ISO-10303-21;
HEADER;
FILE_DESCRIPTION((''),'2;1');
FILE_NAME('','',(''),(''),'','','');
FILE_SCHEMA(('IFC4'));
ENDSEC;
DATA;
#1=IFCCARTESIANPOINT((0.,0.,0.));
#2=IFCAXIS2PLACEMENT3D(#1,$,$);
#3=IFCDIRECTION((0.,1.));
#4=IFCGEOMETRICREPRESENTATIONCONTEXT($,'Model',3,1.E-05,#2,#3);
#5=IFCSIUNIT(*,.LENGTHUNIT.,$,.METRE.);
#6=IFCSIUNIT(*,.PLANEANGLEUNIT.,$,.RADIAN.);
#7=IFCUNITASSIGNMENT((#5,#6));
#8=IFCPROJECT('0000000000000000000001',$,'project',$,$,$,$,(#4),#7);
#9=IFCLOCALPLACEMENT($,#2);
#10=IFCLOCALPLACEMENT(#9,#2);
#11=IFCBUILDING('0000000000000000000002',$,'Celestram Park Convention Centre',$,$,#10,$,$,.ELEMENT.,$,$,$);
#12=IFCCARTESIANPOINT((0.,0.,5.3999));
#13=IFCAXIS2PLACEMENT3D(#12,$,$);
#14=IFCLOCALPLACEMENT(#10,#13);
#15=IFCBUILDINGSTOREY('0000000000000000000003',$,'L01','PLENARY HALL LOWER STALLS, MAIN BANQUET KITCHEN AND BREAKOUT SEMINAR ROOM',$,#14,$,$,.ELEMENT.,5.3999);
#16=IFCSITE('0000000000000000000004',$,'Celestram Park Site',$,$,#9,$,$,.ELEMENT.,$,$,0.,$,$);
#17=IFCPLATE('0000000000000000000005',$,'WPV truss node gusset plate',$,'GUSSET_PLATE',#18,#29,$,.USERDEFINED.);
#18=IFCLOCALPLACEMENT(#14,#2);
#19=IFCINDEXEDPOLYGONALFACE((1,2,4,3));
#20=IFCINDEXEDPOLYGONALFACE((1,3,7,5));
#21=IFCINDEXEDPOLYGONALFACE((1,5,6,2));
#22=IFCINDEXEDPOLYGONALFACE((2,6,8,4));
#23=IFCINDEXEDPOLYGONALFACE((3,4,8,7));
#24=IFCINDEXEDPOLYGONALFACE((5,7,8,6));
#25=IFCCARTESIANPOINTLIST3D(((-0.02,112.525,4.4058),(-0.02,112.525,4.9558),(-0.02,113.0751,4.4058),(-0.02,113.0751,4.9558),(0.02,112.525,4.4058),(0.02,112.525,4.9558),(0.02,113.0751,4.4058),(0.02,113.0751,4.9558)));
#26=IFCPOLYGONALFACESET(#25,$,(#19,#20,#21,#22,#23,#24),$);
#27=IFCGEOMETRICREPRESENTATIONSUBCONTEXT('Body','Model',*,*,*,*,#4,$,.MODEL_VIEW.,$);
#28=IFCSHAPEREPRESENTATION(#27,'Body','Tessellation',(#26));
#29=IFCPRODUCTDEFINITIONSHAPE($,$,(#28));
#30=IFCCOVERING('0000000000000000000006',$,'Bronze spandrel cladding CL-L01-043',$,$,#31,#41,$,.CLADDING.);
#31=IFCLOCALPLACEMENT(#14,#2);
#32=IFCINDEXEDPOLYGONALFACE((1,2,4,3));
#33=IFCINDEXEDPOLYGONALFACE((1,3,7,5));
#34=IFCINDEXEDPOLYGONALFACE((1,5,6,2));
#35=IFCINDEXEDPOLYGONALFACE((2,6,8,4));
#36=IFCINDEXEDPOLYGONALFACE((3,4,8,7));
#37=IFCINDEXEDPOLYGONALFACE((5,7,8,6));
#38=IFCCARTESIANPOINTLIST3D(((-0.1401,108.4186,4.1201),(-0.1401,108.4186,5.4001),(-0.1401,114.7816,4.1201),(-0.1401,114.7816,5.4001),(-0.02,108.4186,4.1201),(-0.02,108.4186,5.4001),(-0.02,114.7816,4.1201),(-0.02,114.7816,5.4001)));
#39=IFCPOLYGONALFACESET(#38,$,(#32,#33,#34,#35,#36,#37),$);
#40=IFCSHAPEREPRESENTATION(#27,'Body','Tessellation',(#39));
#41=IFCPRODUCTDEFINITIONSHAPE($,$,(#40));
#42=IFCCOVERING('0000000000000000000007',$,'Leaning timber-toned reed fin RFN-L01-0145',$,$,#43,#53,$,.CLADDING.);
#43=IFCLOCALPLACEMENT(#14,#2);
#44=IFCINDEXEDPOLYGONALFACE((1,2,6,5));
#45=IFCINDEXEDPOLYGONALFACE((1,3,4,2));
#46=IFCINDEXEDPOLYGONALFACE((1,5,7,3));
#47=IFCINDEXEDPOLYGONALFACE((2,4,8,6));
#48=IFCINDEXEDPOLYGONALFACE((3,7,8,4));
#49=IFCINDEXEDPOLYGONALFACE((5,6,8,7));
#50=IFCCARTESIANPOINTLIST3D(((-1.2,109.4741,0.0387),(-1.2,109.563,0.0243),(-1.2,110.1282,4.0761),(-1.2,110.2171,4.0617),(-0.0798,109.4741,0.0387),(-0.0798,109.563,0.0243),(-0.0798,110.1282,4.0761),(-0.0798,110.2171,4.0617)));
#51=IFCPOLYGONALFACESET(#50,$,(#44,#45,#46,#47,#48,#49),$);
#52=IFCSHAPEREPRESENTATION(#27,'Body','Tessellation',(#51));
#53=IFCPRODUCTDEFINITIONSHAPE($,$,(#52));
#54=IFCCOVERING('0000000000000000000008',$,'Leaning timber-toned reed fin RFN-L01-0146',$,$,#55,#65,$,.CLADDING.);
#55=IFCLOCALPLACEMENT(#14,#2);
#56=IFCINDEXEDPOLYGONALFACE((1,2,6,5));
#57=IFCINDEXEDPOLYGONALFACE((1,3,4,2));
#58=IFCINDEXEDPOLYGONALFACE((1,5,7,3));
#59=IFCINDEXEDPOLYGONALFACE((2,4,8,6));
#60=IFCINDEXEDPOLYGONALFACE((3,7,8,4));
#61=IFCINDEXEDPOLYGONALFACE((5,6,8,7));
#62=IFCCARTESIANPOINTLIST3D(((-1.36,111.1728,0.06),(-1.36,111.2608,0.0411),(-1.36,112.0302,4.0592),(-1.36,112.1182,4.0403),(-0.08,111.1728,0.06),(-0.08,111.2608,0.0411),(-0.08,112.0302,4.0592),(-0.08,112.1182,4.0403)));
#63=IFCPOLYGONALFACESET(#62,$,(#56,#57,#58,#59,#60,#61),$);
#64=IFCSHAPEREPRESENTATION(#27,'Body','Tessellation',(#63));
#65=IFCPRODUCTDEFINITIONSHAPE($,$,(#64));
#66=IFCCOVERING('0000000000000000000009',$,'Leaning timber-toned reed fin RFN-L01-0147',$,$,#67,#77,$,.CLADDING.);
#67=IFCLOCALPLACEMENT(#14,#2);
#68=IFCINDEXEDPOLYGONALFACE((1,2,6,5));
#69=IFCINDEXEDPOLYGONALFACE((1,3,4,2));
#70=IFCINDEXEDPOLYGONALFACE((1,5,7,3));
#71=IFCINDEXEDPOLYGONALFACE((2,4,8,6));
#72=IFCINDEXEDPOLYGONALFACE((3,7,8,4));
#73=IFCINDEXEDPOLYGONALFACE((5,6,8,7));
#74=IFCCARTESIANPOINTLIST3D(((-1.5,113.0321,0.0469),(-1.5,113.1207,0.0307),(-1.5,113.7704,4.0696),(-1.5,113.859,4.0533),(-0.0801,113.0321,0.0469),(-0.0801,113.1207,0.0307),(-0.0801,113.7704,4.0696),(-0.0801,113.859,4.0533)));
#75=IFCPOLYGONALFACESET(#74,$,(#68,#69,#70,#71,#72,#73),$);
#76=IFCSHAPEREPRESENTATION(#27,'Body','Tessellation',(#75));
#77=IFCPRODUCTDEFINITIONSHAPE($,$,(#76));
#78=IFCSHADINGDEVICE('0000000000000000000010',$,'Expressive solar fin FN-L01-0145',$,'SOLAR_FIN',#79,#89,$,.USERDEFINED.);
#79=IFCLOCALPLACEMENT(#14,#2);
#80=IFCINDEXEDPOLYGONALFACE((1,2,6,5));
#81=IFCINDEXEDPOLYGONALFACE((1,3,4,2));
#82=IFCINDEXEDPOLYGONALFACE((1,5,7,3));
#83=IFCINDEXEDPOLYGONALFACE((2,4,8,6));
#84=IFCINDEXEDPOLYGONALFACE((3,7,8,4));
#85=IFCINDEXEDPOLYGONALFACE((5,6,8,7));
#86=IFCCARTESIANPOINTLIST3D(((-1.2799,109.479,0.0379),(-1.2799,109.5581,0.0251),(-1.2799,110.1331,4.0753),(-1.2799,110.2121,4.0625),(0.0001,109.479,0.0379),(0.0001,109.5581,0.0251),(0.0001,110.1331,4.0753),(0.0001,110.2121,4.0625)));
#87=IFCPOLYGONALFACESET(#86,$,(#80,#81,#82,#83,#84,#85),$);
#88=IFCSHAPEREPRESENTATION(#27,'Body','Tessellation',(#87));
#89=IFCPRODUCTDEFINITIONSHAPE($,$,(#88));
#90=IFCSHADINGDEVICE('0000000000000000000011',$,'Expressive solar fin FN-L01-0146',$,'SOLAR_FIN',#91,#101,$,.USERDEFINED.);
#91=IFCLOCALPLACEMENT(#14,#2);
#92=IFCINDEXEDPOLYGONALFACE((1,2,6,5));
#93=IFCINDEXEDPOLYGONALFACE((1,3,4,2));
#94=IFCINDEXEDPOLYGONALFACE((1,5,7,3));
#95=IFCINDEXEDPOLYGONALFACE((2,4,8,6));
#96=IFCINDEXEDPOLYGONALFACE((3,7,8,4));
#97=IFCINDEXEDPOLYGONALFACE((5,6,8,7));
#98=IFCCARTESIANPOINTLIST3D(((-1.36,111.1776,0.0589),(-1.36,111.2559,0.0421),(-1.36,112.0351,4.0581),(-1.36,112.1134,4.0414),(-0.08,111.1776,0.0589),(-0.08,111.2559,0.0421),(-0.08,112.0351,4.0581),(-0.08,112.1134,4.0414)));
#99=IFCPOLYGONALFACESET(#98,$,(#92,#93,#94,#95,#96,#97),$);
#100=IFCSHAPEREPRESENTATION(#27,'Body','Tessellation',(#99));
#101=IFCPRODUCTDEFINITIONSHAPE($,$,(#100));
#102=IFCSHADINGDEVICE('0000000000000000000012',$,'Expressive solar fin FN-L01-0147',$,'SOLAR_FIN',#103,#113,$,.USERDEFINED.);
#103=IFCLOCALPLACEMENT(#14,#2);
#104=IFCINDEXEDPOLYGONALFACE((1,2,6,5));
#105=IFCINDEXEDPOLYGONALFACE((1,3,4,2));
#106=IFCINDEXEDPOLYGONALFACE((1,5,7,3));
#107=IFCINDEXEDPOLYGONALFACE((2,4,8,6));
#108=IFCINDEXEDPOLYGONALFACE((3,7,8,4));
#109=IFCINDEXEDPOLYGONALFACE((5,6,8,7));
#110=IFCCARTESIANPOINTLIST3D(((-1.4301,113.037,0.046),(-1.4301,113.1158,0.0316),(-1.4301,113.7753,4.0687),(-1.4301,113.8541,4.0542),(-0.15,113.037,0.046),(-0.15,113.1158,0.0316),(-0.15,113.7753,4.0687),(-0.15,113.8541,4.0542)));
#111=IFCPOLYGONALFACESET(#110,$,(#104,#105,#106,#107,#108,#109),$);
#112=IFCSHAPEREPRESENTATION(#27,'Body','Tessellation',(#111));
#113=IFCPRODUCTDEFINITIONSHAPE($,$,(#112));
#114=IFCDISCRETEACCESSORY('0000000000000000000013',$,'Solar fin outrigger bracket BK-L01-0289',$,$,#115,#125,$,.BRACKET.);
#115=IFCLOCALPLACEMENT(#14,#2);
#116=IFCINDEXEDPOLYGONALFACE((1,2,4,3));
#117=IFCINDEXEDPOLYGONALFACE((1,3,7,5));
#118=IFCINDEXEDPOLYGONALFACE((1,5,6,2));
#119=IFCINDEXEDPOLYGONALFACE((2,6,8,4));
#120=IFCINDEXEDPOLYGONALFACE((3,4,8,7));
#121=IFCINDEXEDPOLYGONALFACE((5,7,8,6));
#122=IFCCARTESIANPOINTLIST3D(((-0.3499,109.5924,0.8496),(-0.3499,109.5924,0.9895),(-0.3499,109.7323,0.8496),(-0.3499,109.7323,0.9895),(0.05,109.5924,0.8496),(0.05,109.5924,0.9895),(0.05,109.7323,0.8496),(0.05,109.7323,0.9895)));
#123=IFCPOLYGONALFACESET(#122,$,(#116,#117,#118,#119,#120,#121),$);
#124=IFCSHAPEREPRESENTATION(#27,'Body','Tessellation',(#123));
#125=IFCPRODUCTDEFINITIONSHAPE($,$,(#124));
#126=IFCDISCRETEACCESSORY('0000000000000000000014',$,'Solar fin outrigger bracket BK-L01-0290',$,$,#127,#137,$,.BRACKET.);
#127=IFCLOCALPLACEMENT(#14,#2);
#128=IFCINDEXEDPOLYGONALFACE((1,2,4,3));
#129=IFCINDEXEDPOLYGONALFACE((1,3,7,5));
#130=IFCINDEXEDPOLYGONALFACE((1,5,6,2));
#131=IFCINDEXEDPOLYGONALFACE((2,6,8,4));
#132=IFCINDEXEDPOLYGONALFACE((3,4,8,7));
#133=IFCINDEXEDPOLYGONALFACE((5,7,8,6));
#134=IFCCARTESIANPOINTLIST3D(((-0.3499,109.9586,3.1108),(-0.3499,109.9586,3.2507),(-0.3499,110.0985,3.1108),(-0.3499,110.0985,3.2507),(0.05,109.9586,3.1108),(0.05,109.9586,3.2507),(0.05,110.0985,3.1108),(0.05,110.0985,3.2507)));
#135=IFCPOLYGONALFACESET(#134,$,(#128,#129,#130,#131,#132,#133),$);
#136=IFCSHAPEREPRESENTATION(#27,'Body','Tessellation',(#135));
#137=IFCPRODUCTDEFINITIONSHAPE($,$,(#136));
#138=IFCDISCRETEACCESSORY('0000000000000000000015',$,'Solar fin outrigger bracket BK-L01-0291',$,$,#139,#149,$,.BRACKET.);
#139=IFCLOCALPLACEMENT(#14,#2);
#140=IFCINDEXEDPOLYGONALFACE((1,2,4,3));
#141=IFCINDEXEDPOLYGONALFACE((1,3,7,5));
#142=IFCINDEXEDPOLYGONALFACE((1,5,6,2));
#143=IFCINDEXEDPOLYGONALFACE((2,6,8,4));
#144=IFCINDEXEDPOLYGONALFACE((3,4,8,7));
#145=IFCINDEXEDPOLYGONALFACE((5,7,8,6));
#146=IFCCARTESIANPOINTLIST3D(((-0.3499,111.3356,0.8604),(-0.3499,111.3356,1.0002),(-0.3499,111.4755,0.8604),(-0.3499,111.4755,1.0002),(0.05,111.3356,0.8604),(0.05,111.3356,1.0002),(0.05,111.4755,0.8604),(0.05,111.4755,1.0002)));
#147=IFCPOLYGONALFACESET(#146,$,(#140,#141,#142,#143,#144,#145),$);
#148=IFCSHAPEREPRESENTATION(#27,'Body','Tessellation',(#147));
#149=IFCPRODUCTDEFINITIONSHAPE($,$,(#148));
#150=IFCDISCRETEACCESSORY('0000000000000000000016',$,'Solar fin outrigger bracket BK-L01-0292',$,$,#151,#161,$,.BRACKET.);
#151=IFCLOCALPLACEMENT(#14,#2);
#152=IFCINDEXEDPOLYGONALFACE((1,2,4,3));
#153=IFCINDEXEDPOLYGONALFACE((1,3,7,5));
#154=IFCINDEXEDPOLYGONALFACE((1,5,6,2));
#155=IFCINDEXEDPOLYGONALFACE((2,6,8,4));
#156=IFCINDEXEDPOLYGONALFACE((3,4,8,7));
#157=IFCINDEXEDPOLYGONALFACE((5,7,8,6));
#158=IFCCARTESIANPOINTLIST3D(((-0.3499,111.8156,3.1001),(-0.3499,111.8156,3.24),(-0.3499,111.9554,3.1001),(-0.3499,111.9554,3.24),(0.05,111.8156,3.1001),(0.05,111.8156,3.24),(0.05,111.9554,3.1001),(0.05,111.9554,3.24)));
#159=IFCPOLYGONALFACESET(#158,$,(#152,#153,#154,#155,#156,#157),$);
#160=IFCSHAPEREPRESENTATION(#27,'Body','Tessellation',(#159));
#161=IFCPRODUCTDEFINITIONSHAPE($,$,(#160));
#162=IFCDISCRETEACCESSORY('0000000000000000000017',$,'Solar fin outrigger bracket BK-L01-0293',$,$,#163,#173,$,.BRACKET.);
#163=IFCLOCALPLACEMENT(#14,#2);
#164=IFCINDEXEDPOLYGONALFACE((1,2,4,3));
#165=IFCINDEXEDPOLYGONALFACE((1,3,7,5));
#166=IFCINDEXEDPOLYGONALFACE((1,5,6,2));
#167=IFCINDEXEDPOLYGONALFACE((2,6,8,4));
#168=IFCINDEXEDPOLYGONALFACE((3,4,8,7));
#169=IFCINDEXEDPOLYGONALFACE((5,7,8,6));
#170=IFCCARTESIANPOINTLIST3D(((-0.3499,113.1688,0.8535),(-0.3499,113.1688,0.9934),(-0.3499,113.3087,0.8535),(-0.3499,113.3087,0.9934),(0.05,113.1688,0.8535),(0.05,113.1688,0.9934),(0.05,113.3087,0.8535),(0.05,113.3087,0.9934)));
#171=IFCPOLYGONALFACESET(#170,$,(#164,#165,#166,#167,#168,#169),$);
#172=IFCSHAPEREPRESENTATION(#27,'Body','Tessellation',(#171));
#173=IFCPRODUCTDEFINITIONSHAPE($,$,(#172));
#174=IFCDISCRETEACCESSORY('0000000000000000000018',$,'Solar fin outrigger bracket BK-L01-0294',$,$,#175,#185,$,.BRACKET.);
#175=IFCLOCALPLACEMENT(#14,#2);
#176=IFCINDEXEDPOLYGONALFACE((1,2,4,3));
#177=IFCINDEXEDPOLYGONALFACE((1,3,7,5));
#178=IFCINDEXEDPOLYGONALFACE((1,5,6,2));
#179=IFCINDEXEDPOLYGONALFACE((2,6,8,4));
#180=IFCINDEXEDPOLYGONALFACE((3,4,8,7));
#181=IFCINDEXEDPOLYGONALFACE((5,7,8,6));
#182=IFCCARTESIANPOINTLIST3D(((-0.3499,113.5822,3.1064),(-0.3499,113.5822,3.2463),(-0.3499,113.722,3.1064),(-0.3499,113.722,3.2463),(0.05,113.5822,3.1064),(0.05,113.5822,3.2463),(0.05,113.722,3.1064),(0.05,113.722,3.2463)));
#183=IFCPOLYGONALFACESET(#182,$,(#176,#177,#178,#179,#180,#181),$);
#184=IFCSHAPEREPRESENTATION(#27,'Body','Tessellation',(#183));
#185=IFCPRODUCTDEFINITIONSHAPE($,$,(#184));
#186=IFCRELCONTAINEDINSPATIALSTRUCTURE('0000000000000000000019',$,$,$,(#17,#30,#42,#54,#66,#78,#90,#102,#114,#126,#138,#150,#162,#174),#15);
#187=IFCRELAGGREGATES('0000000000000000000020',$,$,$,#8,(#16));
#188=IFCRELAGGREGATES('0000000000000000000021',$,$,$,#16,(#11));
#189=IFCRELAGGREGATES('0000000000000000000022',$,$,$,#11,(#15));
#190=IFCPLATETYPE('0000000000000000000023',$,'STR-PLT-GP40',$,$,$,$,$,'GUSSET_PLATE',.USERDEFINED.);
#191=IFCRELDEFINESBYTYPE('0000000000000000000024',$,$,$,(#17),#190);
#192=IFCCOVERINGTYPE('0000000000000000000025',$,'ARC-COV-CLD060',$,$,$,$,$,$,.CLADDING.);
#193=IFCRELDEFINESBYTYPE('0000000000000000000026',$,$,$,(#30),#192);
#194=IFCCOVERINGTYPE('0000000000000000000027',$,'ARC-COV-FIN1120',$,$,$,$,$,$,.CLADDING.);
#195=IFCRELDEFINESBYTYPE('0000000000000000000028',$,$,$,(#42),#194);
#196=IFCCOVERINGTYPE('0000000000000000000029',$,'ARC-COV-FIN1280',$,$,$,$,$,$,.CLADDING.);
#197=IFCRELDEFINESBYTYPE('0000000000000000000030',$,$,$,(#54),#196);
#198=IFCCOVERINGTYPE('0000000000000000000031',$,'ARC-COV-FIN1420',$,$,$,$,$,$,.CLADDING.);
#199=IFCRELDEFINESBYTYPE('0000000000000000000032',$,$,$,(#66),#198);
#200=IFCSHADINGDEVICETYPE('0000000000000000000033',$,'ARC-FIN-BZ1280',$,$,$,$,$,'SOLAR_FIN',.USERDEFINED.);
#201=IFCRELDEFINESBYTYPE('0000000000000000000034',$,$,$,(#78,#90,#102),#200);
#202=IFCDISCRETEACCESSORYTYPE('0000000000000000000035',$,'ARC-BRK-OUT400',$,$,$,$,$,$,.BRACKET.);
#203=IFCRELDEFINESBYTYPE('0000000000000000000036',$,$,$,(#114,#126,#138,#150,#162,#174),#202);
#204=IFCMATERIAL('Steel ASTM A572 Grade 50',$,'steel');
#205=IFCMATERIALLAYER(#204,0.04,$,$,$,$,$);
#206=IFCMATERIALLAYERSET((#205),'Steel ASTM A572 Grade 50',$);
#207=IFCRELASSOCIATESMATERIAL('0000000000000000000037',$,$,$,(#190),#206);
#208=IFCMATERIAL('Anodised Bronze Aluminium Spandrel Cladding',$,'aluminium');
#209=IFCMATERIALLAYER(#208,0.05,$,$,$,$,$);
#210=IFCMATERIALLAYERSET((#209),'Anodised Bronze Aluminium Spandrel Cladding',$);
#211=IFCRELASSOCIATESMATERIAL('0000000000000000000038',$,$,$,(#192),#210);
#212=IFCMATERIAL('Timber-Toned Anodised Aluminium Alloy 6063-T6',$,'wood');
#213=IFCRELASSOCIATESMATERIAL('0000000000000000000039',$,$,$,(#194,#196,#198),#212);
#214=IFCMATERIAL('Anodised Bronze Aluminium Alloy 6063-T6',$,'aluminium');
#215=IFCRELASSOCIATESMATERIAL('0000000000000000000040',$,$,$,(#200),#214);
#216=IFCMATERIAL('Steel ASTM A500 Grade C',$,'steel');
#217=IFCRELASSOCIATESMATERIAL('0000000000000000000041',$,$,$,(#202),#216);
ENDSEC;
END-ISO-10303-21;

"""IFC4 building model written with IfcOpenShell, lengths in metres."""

from ifc_helpers import new_model, si_unit, direction, frame, origin, origin_2d, place, context, subcontext, project, spatial, rectangle, extrude, material, layer, layer_set, material_profile, profile_set, type_object, element, save


model = new_model("IFC4")

# Units and contexts
model_context = context("Model", 3, precision=1e-05, world=origin(), true_north=direction((0.0, 1.0)))
body_context = subcontext(model_context, "Body", "Model", "MODEL_VIEW")
ifc_project = project(units=[si_unit("LENGTHUNIT", "METRE"), si_unit("PLANEANGLEUNIT", "RADIAN")], contexts=[model_context])

# Site, building, storey
site_placement = place(None, origin())
site = spatial("IfcSite", under=ifc_project, at=site_placement, Name="Celestram Park Site", CompositionType="ELEMENT", RefElevation=0.0)
building_placement = place(site_placement, origin())
building = spatial("IfcBuilding", under=site, at=building_placement, Name="Celestram Park Convention Centre", CompositionType="ELEMENT")
storey_placement = place(building_placement, frame((0.0, 0.0, 5.3999)))
storey = spatial("IfcBuildingStorey", under=building, at=storey_placement, Name="L01", Description="PLENARY HALL LOWER STALLS, MAIN BANQUET KITCHEN AND BREAKOUT SEMINAR ROOM", CompositionType="ELEMENT", Elevation=5.3999)

# Shared definitions
ifc_material_1 = material(Name="Steel ASTM A500 Grade C", Category="steel")

# Plate
ifc_material_2 = material(Name="Steel ASTM A572 Grade 50", Category="steel")
ifc_layer_1 = layer(ifc_material_2, 0.04)
ifc_layer_set_1 = layer_set([ifc_layer_1], Name="Steel ASTM A572 Grade 50")
plate_type_1 = type_object("IfcPlateType", Name="STR-PLT-GP40", ElementType="GUSSET_PLATE", PredefinedType="USERDEFINED", material=ifc_layer_set_1)
plate_1_placement = place(storey_placement, frame((0.0, 112.8, 4.4058), z_axis=(0.0, 0.0, 1.0), x_axis=(0.0, 1.0, 0.0)))
element("IfcPlate", 1, at=plate_1_placement, inside=storey, type_object=plate_type_1, Name="WPV truss node gusset plate", ObjectType="GUSSET_PLATE", PredefinedType="USERDEFINED", context=body_context, shape_type="SweptSolid", body=[
    extrude(rectangle(XDim=0.55, YDim=0.04, at=origin_2d()), origin(), (0.0, 0.0, 1.0), 0.55),
])

# Coverings
ifc_material_3 = material(Name="Anodised Bronze Aluminium Spandrel Cladding", Category="aluminium")
ifc_layer_2 = layer(ifc_material_3, 0.05)
ifc_layer_set_2 = layer_set([ifc_layer_2], Name="Anodised Bronze Aluminium Spandrel Cladding")
covering_type_1 = type_object("IfcCoveringType", Name="ARC-COV-CLD060", PredefinedType="CLADDING", material=ifc_layer_set_2)
covering_1_placement = place(storey_placement, frame((-0.0801, 111.6001, 4.1201), z_axis=(0.0, 0.0, 1.0), x_axis=(0.0, 1.0, 0.0)))
element("IfcCovering", 2, at=covering_1_placement, inside=storey, type_object=covering_type_1, Name="Bronze spandrel cladding CL-L01-043", PredefinedType="CLADDING", context=body_context, shape_type="SweptSolid", body=[
    extrude(rectangle(XDim=6.363, YDim=0.1201, at=origin_2d()), origin(), (0.0, 0.0, 1.0), 1.28),
])
ifc_material_4 = material(Name="Timber-Toned Anodised Aluminium Alloy 6063-T6", Category="wood")
ifc_material_profile_1 = material_profile(ifc_material_4, rectangle(XDim=1.1201, YDim=0.0901, at=origin_2d()), Name="REED1120X90")
ifc_profile_set_1 = profile_set([ifc_material_profile_1], Name="Timber-Toned Anodised Aluminium Alloy 6063-T6")
covering_type_2 = type_object("IfcCoveringType", Name="ARC-COV-FIN1120", PredefinedType="CLADDING", material=ifc_profile_set_1)
covering_2_placement = place(storey_placement, frame((-0.6399, 109.5186, 0.0315), z_axis=(0.0, 0.159916, 0.987131), x_axis=(-1.0, 0.0, 0.0)))
element("IfcCovering", 3, at=covering_2_placement, inside=storey, type_object=covering_type_2, Name="Leaning timber-toned reed fin RFN-L01-0145", PredefinedType="CLADDING", context=body_context, shape_type="SweptSolid", body=[
    extrude(rectangle(XDim=1.1201, YDim=0.0901, at=origin_2d()), origin(), (0.0, 0.0, 1.0), 4.0901),
])
ifc_material_profile_2 = material_profile(ifc_material_4, rectangle(XDim=1.28, YDim=0.0901, at=origin_2d()), Name="REED1280X90")
ifc_profile_set_2 = profile_set([ifc_material_profile_2], Name="Timber-Toned Anodised Aluminium Alloy 6063-T6")
covering_type_3 = type_object("IfcCoveringType", Name="ARC-COV-FIN1280", PredefinedType="CLADDING", material=ifc_profile_set_2)
covering_3_placement = place(storey_placement, frame((-0.72, 111.2168, 0.0505), z_axis=(0.0, 0.209631, 0.977781), x_axis=(-1.0, 0.0, 0.0)))
element("IfcCovering", 4, at=covering_3_placement, inside=storey, type_object=covering_type_3, Name="Leaning timber-toned reed fin RFN-L01-0146", PredefinedType="CLADDING", context=body_context, shape_type="SweptSolid", body=[
    extrude(rectangle(XDim=1.28, YDim=0.0901, at=origin_2d()), origin(), (0.0, 0.0, 1.0), 4.0901),
])
ifc_material_profile_3 = material_profile(ifc_material_4, rectangle(XDim=1.4199, YDim=0.0901, at=origin_2d()), Name="REED1420X90")
ifc_profile_set_3 = profile_set([ifc_material_profile_3], Name="Timber-Toned Anodised Aluminium Alloy 6063-T6")
covering_type_4 = type_object("IfcCoveringType", Name="ARC-COV-FIN1420", PredefinedType="CLADDING", material=ifc_profile_set_3)
covering_4_placement = place(storey_placement, frame((-0.79, 113.0764, 0.0388), z_axis=(0.0, 0.180514, 0.983572), x_axis=(-1.0, 0.0, 0.0)))
element("IfcCovering", 5, at=covering_4_placement, inside=storey, type_object=covering_type_4, Name="Leaning timber-toned reed fin RFN-L01-0147", PredefinedType="CLADDING", context=body_context, shape_type="SweptSolid", body=[
    extrude(rectangle(XDim=1.4199, YDim=0.0901, at=origin_2d()), origin(), (0.0, 0.0, 1.0), 4.0898),
])

# Shading devices
ifc_material_5 = material(Name="Anodised Bronze Aluminium Alloy 6063-T6", Category="aluminium")
ifc_material_profile_4 = material_profile(ifc_material_5, rectangle(XDim=1.28, YDim=0.0801, at=origin_2d()), Name="FIN1280X80")
ifc_profile_set_4 = profile_set([ifc_material_profile_4], Name="Anodised Bronze Aluminium Alloy 6063-T6")
shading_device_type = type_object("IfcShadingDeviceType", Name="ARC-FIN-BZ1280", ElementType="SOLAR_FIN", PredefinedType="USERDEFINED", material=ifc_profile_set_4)
for number, where, z_axis, x_axis, name in (
    (6, (-0.6399, 109.5186, 0.0315), (0.0, 0.159916, 0.987131), (-1.0, 0.0, 0.0), "Expressive solar fin FN-L01-0145"),
    (7, (-0.72, 111.2168, 0.0505), (0.0, 0.209631, 0.977781), (-1.0, 0.0, 0.0), "Expressive solar fin FN-L01-0146"),
):
    element("IfcShadingDevice", number, at=place(storey_placement, frame(where, z_axis=z_axis, x_axis=x_axis)), inside=storey, type_object=shading_device_type, Name=name, ObjectType="SOLAR_FIN", PredefinedType="USERDEFINED", context=body_context, shape_type="SweptSolid", body=[
        extrude(rectangle(XDim=1.28, YDim=0.0801, at=origin_2d()), origin(), (0.0, 0.0, 1.0), 4.0901),
    ])
shading_device_placement = place(storey_placement, frame((-0.79, 113.0764, 0.0388), z_axis=(0.0, 0.180514, 0.983572), x_axis=(-1.0, 0.0, 0.0)))
element("IfcShadingDevice", 8, at=shading_device_placement, inside=storey, type_object=shading_device_type, Name="Expressive solar fin FN-L01-0147", ObjectType="SOLAR_FIN", PredefinedType="USERDEFINED", context=body_context, shape_type="SweptSolid", body=[
    extrude(rectangle(XDim=1.28, YDim=0.0801, at=origin_2d()), origin(), (0.0, 0.0, 1.0), 4.0898),
])

# Discrete accessories
discrete_accessory_type = type_object("IfcDiscreteAccessoryType", Name="ARC-BRK-OUT400", PredefinedType="BRACKET", material=ifc_material_1)
for number, where, z_axis, x_axis, name in (
    (9, (-0.1499, 109.6624, 0.8496), (0.0, 0.0, 1.0), (-1.0, 0.0, 0.0), "Solar fin outrigger bracket BK-L01-0289"),
    (10, (-0.1499, 110.0286, 3.1108), (0.0, 0.0, 1.0), (-1.0, 0.0, 0.0), "Solar fin outrigger bracket BK-L01-0290"),
    (11, (-0.1499, 111.4055, 0.8604), (0.0, 0.0, 1.0), (-1.0, 0.0, 0.0), "Solar fin outrigger bracket BK-L01-0291"),
    (12, (-0.1499, 111.8855, 3.1001), (0.0, 0.0, 1.0), (-1.0, 0.0, 0.0), "Solar fin outrigger bracket BK-L01-0292"),
    (13, (-0.1499, 113.2388, 0.8535), (0.0, 0.0, 1.0), (-1.0, 0.0, 0.0), "Solar fin outrigger bracket BK-L01-0293"),
    (14, (-0.1499, 113.6521, 3.1064), (0.0, 0.0, 1.0), (-1.0, 0.0, 0.0), "Solar fin outrigger bracket BK-L01-0294"),
):
    element("IfcDiscreteAccessory", number, at=place(storey_placement, frame(where, z_axis=z_axis, x_axis=x_axis)), inside=storey, type_object=discrete_accessory_type, Name=name, PredefinedType="BRACKET", context=body_context, shape_type="SweptSolid", body=[
        extrude(rectangle(XDim=0.3999, YDim=0.1399, at=origin_2d()), origin(), (0.0, 0.0, 1.0), 0.1399),
    ])

save(model, "model.ifc")
